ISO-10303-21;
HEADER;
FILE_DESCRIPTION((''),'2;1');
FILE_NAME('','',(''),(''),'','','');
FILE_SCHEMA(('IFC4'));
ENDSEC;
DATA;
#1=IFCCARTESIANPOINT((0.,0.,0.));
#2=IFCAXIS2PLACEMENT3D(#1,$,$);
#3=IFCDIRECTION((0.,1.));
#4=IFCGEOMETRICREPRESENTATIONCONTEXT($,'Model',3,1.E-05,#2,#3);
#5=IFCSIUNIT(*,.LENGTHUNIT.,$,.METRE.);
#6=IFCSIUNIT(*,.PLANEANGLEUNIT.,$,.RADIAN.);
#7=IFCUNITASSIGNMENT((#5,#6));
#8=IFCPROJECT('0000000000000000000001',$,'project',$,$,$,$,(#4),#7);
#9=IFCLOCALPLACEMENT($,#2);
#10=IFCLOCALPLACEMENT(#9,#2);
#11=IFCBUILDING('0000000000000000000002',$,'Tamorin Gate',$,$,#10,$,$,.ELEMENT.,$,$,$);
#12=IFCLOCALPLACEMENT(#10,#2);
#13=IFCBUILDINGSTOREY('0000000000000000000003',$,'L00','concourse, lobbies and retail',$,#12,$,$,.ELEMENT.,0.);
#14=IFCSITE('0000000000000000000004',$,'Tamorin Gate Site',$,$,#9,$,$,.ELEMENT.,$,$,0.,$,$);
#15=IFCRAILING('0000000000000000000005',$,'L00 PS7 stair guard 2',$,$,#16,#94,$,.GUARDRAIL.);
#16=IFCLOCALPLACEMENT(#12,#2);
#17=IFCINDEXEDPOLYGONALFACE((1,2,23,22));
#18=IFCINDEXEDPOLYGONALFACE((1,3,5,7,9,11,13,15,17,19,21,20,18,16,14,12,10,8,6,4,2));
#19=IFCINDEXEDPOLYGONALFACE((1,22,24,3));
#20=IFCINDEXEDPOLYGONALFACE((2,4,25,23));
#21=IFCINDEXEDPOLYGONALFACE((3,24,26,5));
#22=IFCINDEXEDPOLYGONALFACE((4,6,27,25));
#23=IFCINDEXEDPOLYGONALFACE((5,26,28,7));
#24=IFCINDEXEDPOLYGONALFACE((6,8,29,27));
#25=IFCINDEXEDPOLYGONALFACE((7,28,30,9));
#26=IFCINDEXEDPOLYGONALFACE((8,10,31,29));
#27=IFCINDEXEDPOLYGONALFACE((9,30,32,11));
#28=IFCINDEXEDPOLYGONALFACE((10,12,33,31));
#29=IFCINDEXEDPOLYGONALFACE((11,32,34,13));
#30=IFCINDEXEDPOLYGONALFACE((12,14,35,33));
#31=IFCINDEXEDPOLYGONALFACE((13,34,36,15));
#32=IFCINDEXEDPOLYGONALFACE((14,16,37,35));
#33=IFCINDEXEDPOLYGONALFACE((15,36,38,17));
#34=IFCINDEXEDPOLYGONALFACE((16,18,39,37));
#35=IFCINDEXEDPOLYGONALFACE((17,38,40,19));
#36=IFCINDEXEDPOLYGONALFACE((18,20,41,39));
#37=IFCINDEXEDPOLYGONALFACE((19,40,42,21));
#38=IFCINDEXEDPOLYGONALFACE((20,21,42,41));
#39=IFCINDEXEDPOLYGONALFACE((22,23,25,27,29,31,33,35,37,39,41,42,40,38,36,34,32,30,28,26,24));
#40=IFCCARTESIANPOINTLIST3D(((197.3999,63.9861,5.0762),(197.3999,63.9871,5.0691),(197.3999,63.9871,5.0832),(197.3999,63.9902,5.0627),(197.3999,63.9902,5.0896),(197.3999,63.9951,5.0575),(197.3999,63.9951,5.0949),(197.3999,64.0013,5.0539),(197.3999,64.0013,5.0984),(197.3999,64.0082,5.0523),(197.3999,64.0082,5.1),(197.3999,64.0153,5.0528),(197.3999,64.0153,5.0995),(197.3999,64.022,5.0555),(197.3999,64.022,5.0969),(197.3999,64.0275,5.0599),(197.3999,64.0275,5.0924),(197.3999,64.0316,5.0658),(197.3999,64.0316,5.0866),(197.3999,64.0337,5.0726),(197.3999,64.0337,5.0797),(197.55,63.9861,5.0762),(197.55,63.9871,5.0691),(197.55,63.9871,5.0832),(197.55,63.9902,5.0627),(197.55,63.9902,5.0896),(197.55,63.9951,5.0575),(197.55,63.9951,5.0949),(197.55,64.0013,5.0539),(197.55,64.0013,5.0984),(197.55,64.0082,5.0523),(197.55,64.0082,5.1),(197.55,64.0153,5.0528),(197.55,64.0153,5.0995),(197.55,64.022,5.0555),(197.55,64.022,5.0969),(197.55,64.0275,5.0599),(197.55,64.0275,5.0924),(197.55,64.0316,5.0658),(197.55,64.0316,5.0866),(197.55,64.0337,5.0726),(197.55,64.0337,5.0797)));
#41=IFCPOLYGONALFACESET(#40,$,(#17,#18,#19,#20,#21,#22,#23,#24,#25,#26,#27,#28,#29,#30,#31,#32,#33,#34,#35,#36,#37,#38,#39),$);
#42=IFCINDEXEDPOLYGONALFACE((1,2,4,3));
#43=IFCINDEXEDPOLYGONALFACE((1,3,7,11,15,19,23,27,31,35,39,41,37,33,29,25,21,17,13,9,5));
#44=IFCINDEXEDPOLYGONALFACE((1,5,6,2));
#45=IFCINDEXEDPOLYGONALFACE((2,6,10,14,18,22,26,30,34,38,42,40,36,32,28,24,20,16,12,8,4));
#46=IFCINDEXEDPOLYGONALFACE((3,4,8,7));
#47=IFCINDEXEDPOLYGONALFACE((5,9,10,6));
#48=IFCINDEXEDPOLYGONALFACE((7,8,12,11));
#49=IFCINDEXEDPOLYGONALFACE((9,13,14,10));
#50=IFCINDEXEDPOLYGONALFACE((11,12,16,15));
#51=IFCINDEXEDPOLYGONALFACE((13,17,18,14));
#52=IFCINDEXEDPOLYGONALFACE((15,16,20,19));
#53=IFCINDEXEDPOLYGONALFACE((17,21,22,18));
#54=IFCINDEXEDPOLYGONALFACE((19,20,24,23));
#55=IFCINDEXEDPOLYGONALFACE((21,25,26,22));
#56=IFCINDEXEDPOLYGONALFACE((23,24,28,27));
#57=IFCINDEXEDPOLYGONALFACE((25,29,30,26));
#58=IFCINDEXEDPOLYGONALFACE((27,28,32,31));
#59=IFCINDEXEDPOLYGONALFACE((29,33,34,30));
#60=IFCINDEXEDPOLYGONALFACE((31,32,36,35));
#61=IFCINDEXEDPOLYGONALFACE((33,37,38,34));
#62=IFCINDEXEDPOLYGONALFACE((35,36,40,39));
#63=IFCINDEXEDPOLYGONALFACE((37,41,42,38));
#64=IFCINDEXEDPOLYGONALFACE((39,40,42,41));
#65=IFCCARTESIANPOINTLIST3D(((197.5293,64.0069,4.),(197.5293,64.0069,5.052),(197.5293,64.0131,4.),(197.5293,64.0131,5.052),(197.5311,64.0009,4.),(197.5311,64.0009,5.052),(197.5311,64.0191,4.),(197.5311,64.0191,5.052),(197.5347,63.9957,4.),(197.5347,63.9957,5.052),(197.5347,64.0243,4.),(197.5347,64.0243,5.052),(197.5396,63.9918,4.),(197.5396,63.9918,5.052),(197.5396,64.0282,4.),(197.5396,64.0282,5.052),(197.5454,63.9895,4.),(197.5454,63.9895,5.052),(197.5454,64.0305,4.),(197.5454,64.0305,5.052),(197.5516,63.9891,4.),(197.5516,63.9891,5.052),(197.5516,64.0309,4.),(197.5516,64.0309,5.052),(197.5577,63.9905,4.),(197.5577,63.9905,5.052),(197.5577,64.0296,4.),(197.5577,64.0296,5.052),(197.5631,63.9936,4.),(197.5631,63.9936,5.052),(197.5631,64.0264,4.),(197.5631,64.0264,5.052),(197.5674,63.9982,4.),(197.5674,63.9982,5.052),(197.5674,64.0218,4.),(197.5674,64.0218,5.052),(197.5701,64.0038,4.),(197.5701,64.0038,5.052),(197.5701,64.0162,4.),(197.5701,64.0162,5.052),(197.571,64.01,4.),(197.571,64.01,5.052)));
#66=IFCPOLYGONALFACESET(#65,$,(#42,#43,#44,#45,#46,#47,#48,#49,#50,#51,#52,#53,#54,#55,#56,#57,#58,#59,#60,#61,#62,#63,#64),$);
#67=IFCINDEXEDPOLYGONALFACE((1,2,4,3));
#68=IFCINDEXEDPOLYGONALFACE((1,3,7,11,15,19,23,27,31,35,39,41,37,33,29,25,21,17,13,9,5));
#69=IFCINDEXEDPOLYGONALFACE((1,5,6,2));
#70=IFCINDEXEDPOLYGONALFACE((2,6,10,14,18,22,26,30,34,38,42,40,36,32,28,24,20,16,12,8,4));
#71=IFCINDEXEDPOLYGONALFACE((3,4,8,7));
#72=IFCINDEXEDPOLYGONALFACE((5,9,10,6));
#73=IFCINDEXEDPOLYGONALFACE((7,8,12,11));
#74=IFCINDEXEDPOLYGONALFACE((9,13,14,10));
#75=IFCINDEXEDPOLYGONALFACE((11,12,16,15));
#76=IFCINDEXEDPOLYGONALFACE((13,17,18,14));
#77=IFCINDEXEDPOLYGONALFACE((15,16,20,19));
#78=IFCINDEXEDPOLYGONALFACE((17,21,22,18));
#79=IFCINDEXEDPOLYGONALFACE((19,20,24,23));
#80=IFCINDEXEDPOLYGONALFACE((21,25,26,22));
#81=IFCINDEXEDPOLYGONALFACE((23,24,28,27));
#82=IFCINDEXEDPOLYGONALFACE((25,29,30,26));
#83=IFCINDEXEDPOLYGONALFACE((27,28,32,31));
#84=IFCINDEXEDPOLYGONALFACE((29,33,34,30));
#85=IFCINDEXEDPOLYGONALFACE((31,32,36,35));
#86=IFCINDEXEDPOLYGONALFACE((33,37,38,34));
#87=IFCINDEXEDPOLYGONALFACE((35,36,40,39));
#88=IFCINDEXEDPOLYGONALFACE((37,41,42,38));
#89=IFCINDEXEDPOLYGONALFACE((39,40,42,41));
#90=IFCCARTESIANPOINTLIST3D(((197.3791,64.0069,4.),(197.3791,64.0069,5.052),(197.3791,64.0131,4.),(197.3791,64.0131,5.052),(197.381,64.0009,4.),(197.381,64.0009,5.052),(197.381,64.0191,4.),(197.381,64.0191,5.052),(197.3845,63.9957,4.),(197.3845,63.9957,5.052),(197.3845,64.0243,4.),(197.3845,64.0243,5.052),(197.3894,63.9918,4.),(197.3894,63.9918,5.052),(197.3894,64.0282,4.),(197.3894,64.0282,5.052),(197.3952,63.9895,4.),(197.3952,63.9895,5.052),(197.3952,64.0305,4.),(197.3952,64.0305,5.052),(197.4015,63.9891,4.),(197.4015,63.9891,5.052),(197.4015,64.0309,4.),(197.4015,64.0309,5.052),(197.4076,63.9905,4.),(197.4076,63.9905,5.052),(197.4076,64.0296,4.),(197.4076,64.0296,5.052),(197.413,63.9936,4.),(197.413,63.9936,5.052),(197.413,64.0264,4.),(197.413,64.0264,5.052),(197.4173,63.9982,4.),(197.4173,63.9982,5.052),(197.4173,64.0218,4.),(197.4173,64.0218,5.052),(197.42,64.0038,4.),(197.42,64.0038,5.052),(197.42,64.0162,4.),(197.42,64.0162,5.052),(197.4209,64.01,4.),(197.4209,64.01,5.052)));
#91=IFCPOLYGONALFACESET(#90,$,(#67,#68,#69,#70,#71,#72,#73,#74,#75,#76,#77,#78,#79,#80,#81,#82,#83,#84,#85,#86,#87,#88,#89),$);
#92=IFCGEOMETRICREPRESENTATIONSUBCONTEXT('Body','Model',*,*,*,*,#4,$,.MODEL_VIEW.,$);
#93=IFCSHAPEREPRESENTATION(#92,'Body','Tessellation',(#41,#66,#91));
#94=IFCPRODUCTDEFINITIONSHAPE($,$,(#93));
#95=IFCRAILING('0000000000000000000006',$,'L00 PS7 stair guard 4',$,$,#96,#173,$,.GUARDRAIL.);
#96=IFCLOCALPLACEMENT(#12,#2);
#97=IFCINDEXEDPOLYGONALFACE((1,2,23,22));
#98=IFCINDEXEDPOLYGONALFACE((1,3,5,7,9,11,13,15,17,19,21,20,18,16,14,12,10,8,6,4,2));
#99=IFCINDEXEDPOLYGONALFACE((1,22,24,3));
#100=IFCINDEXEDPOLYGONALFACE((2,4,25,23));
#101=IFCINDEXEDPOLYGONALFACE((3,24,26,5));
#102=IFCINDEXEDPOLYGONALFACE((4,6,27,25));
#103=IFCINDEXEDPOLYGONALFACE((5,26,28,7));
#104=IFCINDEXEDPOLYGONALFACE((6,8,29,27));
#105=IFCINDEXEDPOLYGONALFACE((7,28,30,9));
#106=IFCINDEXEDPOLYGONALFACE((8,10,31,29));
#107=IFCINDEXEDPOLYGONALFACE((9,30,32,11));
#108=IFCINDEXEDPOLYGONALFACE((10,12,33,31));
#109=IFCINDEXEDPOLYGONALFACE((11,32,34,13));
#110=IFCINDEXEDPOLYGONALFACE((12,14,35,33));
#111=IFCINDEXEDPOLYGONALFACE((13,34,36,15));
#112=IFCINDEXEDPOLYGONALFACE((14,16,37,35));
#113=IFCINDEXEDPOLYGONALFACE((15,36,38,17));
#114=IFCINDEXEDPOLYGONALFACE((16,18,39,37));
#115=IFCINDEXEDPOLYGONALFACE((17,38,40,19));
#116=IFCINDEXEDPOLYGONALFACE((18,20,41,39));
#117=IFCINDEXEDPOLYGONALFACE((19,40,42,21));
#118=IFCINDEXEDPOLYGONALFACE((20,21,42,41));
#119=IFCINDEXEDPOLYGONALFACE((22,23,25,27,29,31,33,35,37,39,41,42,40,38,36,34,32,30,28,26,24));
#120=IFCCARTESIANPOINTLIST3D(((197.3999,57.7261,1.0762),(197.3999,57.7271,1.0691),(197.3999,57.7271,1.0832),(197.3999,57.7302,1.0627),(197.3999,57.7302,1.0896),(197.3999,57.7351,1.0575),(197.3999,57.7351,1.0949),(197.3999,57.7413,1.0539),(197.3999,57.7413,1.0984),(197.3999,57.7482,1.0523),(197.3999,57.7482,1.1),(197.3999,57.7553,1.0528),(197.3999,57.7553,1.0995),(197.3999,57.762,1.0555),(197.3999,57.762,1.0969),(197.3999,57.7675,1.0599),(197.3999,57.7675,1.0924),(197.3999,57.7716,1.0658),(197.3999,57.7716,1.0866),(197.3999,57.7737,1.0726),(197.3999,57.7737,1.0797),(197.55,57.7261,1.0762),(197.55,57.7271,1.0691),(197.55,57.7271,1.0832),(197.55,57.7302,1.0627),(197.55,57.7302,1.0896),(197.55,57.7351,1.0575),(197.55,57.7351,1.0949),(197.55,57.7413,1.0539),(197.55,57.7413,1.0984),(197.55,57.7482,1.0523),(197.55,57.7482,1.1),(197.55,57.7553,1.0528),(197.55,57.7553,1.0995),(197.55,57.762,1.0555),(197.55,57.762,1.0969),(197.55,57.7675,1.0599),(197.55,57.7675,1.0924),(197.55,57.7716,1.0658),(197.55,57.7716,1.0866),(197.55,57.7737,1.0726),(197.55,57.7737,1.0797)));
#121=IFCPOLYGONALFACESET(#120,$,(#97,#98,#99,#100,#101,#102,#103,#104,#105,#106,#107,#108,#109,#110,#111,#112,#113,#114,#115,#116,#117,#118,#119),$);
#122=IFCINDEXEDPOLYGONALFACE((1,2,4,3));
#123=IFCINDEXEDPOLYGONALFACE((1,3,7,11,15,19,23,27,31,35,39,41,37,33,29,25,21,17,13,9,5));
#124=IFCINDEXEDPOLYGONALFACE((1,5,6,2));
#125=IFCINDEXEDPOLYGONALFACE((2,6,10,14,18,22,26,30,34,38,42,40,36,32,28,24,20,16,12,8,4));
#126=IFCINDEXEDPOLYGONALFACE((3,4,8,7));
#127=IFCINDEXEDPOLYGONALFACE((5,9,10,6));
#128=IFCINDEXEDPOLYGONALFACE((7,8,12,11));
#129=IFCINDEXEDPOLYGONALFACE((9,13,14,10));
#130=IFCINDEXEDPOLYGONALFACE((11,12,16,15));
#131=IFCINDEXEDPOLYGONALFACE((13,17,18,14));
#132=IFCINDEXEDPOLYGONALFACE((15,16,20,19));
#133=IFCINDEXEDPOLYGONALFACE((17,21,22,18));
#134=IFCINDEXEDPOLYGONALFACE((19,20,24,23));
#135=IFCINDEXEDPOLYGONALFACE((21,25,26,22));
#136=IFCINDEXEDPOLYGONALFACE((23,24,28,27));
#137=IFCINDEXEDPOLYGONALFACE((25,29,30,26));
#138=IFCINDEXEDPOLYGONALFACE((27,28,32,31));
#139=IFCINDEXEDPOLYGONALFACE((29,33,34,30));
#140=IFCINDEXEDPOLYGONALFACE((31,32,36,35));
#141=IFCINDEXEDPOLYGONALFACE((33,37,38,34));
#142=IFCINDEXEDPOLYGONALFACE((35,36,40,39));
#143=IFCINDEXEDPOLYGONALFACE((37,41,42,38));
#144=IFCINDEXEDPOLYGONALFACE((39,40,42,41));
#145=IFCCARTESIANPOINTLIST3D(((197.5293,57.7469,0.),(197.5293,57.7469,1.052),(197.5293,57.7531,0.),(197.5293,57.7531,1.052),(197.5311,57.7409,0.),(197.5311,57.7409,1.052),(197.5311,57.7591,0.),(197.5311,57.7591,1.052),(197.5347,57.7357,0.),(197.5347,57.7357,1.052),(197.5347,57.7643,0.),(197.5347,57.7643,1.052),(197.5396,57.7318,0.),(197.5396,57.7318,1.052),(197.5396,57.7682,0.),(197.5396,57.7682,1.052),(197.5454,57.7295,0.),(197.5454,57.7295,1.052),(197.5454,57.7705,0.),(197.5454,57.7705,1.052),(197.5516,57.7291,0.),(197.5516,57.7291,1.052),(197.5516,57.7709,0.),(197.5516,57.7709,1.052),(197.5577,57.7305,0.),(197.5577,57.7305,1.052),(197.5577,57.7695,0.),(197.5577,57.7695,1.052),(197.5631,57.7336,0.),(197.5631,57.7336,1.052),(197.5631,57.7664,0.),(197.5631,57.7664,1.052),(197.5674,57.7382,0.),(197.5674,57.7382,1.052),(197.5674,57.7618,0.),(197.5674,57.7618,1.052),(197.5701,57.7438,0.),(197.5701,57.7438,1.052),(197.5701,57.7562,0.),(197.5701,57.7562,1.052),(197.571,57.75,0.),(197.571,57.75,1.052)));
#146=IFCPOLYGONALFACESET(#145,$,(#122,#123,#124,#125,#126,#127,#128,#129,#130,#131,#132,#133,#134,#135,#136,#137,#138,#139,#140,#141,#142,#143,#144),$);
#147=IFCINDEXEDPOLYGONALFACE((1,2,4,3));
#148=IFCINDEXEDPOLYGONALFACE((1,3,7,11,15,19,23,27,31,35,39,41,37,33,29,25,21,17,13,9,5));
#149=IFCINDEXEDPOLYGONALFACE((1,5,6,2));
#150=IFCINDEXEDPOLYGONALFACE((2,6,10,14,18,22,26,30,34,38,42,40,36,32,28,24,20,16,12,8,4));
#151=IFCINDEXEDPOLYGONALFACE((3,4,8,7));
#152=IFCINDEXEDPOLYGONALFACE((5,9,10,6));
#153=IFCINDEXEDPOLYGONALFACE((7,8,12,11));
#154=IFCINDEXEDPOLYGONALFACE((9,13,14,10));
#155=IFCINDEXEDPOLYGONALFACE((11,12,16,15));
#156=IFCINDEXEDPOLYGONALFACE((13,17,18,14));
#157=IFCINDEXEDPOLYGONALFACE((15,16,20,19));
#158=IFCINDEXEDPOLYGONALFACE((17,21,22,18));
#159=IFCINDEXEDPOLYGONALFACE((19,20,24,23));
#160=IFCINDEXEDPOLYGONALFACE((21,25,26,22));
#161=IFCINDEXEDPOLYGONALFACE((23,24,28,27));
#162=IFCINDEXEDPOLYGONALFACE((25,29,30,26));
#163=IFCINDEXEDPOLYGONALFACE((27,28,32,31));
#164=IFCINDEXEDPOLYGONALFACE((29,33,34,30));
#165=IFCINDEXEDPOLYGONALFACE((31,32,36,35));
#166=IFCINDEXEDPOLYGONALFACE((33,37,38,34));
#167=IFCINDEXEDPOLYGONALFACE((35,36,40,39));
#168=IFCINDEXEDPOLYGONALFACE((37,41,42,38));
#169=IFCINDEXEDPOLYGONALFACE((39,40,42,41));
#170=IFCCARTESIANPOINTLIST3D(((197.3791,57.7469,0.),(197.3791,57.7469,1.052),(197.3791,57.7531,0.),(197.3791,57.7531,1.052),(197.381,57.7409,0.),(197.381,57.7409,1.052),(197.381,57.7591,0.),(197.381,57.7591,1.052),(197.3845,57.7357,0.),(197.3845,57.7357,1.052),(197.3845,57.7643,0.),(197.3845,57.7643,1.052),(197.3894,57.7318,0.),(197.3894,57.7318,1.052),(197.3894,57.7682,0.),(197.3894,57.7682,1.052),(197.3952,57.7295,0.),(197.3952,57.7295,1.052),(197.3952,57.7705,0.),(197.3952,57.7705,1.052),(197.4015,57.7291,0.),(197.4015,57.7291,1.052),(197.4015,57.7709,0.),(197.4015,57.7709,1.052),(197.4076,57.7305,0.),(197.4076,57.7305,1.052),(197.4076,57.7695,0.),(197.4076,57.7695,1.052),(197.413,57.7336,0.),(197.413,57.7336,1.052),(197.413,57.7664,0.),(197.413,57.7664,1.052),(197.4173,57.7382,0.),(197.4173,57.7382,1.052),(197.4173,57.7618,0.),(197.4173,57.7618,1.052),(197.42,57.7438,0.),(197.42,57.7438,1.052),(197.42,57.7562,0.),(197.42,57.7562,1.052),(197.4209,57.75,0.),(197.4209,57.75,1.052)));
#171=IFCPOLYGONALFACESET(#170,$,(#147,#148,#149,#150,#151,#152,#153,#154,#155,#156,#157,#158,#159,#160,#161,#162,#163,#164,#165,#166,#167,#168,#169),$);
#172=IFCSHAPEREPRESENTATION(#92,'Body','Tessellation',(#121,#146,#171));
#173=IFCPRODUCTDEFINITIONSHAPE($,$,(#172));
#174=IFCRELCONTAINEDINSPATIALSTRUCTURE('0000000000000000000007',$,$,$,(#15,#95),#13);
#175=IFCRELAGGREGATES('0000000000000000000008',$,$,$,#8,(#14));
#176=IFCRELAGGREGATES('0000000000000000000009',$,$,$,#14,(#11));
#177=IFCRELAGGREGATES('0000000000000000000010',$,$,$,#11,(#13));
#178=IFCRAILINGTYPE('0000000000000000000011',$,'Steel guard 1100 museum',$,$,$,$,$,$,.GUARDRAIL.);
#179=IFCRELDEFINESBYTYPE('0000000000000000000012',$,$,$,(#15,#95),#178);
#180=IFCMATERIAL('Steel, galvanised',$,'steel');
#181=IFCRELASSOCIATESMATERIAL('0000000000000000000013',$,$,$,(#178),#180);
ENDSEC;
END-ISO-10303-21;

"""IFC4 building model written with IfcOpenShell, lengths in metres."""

from ifc_helpers import new_model, si_unit, direction, frame, origin, origin_2d, place, context, subcontext, project, spatial, circle, extrude, material, type_object, element, save


model = new_model("IFC4")

# Units and contexts
model_context = context("Model", 3, precision=1e-05, world=origin(), true_north=direction((0.0, 1.0)))
body_context = subcontext(model_context, "Body", "Model", "MODEL_VIEW")
ifc_project = project(units=[si_unit("LENGTHUNIT", "METRE"), si_unit("PLANEANGLEUNIT", "RADIAN")], contexts=[model_context])

# Site, building, storey
site_placement = place(None, origin())
site = spatial("IfcSite", under=ifc_project, at=site_placement, Name="Tamorin Gate Site", CompositionType="ELEMENT", RefElevation=0.0)
building_placement = place(site_placement, origin())
building = spatial("IfcBuilding", under=site, at=building_placement, Name="Tamorin Gate", CompositionType="ELEMENT")
storey_placement = place(building_placement, origin())
storey = spatial("IfcBuildingStorey", under=building, at=storey_placement, Name="L00", Description="concourse, lobbies and retail", CompositionType="ELEMENT", Elevation=0.0)

# Railings
ifc_material_1 = material(Name="Steel, galvanised", Category="steel")
railing_type_1 = type_object("IfcRailingType", Name="Steel guard 1100 museum", PredefinedType="GUARDRAIL", material=ifc_material_1)
railing_1_placement = place(storey_placement, frame((197.55, 64.01, 4.0)))
element("IfcRailing", 1, at=railing_1_placement, inside=storey, type_object=railing_type_1, Name="L00 PS7 stair guard 2", PredefinedType="GUARDRAIL", context=body_context, shape_type="SweptSolid", body=[
    extrude(circle(Radius=0.0239, at=origin_2d()), frame((0.0, 0.0, 1.0762), z_axis=(-1.0, 0.0, 0.0), x_axis=(0.0, -1.0, 0.0)), (0.0, 0.0, 1.0), 0.1501),
    extrude(circle(Radius=0.021, at=origin_2d()), origin(), (0.0, 0.0, 1.0), 1.052),
    extrude(circle(Radius=0.021, at=origin_2d()), frame((-0.1501, 0.0, 0.0)), (0.0, 0.0, 1.0), 1.052),
])
railing_2_placement = place(storey_placement, frame((197.55, 57.75, 0.0)))
element("IfcRailing", 2, at=railing_2_placement, inside=storey, type_object=railing_type_1, Name="L00 PS7 stair guard 4", PredefinedType="GUARDRAIL", context=body_context, shape_type="SweptSolid", body=[
    extrude(circle(Radius=0.0239, at=origin_2d()), frame((0.0, 0.0, 1.0762), z_axis=(-1.0, 0.0, 0.0), x_axis=(0.0, -1.0, 0.0)), (0.0, 0.0, 1.0), 0.1501),
    extrude(circle(Radius=0.021, at=origin_2d()), origin(), (0.0, 0.0, 1.0), 1.052),
    extrude(circle(Radius=0.021, at=origin_2d()), frame((-0.1501, 0.0, 0.0)), (0.0, 0.0, 1.0), 1.052),
])

save(model, "model.ifc")
